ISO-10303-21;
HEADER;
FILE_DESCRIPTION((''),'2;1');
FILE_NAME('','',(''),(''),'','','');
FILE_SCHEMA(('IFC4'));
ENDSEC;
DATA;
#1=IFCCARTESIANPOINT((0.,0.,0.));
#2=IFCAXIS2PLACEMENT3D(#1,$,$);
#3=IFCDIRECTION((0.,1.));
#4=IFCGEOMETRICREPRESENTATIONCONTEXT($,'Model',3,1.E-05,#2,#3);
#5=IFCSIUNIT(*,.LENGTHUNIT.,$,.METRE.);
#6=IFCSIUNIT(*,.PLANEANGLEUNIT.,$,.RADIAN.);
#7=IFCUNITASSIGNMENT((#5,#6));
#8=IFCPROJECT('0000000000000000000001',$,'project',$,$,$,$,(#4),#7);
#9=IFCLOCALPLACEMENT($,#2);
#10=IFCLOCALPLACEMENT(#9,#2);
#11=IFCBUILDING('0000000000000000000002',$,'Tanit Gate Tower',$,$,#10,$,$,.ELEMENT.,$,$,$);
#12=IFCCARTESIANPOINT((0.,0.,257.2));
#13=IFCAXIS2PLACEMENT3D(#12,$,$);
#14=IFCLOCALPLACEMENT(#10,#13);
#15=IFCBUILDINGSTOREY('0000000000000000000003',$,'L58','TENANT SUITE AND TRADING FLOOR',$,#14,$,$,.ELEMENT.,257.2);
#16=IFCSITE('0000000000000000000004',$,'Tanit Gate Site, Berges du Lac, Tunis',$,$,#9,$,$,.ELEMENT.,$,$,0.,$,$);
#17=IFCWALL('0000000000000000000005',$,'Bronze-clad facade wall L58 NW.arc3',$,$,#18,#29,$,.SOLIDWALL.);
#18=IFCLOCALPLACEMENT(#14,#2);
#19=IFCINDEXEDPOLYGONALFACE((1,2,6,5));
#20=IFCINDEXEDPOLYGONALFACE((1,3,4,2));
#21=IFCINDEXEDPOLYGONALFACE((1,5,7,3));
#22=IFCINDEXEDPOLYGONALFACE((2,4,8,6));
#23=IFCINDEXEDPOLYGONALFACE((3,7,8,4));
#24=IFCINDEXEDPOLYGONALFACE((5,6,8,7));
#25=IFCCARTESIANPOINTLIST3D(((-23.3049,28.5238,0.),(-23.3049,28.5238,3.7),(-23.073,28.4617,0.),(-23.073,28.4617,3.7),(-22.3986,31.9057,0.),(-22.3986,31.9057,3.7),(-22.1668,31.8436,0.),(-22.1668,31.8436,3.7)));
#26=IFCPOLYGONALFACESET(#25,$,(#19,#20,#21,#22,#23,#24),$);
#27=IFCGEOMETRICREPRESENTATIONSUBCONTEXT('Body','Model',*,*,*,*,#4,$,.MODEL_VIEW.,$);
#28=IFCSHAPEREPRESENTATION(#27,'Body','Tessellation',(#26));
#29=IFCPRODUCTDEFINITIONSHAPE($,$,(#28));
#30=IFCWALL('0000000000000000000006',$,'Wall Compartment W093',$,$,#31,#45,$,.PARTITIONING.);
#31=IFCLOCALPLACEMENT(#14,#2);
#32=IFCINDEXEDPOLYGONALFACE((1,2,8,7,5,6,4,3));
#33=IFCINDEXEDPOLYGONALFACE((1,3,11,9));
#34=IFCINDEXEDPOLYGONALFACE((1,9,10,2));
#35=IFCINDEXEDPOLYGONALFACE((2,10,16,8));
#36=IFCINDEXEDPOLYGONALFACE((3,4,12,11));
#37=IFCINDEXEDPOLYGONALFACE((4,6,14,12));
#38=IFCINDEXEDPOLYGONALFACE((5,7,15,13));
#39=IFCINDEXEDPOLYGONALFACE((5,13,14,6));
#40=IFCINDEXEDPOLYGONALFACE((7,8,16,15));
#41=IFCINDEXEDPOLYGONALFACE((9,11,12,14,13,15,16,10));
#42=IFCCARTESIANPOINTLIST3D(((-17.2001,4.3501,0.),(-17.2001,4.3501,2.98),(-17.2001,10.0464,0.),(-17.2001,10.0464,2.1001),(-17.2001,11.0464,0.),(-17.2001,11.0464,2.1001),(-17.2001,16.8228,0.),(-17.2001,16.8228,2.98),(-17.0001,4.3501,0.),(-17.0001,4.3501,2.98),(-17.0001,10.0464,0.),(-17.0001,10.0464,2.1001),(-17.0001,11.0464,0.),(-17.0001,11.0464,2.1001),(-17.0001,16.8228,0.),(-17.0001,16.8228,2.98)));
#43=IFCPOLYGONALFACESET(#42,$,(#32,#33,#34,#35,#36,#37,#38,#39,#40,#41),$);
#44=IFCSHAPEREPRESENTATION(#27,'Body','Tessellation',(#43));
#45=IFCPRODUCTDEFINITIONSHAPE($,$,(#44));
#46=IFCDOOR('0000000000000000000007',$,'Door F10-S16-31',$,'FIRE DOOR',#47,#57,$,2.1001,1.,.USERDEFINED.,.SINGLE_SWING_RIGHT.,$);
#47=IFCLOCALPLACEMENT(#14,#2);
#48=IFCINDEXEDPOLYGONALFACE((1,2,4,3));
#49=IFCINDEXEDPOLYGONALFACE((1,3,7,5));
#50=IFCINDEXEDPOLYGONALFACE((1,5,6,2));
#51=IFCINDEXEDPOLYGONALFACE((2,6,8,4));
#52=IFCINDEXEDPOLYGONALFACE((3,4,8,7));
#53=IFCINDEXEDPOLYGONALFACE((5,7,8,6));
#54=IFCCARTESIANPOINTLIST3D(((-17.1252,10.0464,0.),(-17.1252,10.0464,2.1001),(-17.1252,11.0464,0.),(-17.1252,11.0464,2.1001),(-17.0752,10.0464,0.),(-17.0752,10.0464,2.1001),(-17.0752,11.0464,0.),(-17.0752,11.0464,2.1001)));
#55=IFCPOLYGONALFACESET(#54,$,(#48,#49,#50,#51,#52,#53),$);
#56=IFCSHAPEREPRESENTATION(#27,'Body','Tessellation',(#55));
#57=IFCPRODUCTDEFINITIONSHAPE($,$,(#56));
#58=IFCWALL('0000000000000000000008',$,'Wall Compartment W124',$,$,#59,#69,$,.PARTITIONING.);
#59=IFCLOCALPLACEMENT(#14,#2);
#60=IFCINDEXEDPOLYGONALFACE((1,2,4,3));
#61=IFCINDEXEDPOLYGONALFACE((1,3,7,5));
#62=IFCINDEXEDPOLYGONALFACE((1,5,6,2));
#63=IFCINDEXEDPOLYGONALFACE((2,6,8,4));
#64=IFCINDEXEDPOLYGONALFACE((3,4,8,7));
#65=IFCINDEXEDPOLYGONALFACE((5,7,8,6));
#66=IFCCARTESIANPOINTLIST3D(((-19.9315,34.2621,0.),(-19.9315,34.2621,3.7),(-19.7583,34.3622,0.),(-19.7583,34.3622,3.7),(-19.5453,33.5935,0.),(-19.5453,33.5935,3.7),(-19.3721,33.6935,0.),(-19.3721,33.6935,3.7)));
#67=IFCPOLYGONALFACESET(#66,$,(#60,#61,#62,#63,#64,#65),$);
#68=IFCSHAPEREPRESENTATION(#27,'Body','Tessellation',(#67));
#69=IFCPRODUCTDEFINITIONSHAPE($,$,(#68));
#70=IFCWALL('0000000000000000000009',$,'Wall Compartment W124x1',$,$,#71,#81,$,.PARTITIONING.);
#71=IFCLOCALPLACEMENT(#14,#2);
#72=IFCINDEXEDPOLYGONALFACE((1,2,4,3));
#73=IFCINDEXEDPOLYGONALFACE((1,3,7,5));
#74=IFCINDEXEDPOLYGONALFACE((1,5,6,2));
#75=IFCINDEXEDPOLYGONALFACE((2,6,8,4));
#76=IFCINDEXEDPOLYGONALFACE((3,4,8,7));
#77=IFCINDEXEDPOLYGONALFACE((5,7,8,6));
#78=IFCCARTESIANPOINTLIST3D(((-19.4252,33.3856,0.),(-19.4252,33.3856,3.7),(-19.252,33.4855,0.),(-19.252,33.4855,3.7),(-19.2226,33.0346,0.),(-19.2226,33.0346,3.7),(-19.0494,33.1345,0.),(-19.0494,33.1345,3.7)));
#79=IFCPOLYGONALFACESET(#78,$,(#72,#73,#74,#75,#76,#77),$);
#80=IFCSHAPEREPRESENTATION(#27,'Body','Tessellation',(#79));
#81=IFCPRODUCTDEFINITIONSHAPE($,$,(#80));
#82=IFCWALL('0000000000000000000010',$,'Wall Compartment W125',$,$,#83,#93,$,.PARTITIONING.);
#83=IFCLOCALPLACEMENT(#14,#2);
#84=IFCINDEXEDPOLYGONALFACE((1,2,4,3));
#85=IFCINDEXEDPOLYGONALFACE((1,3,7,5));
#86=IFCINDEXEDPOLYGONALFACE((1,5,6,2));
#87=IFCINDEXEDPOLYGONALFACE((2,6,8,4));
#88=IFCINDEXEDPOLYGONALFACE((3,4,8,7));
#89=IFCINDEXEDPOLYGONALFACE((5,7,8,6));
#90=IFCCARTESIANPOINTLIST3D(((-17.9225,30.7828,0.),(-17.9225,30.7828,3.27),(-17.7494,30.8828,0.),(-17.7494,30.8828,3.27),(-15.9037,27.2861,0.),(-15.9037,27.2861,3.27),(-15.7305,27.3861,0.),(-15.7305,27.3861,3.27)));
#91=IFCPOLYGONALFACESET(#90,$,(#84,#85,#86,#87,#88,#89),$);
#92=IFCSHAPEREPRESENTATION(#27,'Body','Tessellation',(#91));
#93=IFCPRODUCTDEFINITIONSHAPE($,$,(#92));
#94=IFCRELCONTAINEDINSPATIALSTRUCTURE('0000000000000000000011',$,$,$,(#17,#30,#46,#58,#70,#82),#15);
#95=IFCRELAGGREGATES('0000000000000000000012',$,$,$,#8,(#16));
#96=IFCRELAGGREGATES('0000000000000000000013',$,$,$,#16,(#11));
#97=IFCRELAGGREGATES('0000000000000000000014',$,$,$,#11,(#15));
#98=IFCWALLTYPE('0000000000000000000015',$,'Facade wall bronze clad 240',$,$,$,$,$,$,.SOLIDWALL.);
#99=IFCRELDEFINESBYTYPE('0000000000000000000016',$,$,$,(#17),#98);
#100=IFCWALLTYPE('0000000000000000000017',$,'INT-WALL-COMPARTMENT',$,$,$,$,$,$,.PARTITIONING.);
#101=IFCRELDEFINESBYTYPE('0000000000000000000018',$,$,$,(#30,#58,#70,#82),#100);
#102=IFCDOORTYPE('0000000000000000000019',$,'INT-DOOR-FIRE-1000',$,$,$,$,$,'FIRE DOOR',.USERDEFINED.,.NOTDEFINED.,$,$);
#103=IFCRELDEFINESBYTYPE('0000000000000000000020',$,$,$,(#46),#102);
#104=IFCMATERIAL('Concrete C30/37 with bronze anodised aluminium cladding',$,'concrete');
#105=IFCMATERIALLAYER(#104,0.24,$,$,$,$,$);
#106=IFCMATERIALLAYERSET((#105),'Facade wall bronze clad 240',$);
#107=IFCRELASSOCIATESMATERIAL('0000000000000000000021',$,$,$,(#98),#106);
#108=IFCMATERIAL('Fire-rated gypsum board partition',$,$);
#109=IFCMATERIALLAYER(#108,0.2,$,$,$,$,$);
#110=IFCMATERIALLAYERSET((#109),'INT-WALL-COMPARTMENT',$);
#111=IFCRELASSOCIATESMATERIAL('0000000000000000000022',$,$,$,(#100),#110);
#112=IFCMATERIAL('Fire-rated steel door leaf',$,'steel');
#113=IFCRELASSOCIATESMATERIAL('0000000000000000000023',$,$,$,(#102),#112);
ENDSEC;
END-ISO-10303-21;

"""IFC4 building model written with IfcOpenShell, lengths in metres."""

from ifc_helpers import new_model, si_unit, direction, frame, frame_2d, origin, place, context, subcontext, project, spatial, rectangle, extrude, material, layer, layer_set, type_object, element, fill, save


model = new_model("IFC4")

# Units and contexts
model_context = context("Model", 3, precision=1e-05, world=origin(), true_north=direction((0.0, 1.0)))
body_context = subcontext(model_context, "Body", "Model", "MODEL_VIEW")
ifc_project = project(units=[si_unit("LENGTHUNIT", "METRE"), si_unit("PLANEANGLEUNIT", "RADIAN")], contexts=[model_context])

# Site, building, storey
site_placement = place(None, origin())
site = spatial("IfcSite", under=ifc_project, at=site_placement, Name="Tanit Gate Site, Berges du Lac, Tunis", CompositionType="ELEMENT", RefElevation=0.0)
building_placement = place(site_placement, origin())
building = spatial("IfcBuilding", under=site, at=building_placement, Name="Tanit Gate Tower", CompositionType="ELEMENT")
storey_placement = place(building_placement, frame((0.0, 0.0, 257.2)))
storey = spatial("IfcBuildingStorey", under=building, at=storey_placement, Name="L58", Description="TENANT SUITE AND TRADING FLOOR", CompositionType="ELEMENT", Elevation=257.2)

# Wall
ifc_material_1 = material(Name="Concrete C30/37 with bronze anodised aluminium cladding", Category="concrete")
ifc_layer_1 = layer(ifc_material_1, 0.24)
ifc_layer_set_1 = layer_set([ifc_layer_1], Name="Facade wall bronze clad 240")
wall_type_1 = type_object("IfcWallType", Name="Facade wall bronze clad 240", PredefinedType="SOLIDWALL", material=ifc_layer_set_1)
wall_1_placement = place(storey_placement, frame((-22.2827, 31.8745, 0.0), z_axis=(0.0, 0.0, 1.0), x_axis=(-0.258843, -0.965919, 0.0)))
element("IfcWall", 1, at=wall_1_placement, inside=storey, type_object=wall_type_1, Name="Bronze-clad facade wall L58 NW.arc3", PredefinedType="SOLIDWALL", context=body_context, shape_type="SweptSolid", body=[
    extrude(rectangle(XDim=3.5012, YDim=0.24, at=frame_2d((1.7505, 0.0))), origin(), (0.0, 0.0, 1.0), 3.7),
])

# Wall, opening, door
ifc_material_2 = material(Name="Fire-rated gypsum board partition")
ifc_layer_2 = layer(ifc_material_2, 0.2)
ifc_layer_set_2 = layer_set([ifc_layer_2], Name="INT-WALL-COMPARTMENT")
wall_type_2 = type_object("IfcWallType", Name="INT-WALL-COMPARTMENT", PredefinedType="PARTITIONING", material=ifc_layer_set_2)
wall_2_placement = place(storey_placement, frame((-17.1001, 16.8228, 0.0), z_axis=(0.0, 0.0, 1.0), x_axis=(0.0, -1.0, 0.0)))
wall_2 = element("IfcWall", 2, at=wall_2_placement, inside=storey, type_object=wall_type_2, Name="Wall Compartment W093", PredefinedType="PARTITIONING", context=body_context, shape_type="SweptSolid", body=[
    extrude(rectangle(XDim=12.4727, YDim=0.2, at=frame_2d((6.2363, 0.0))), origin(), (0.0, 0.0, 1.0), 2.98),
])
opening_placement = place(wall_2_placement, frame((5.7764, 0.0, 0.0)))
opening = element("IfcOpeningElement", 3, at=opening_placement, cuts=wall_2, PredefinedType="OPENING", context=body_context, shape_type="SweptSolid", body=[
    extrude(rectangle(XDim=1.0, YDim=2.1001, at=frame_2d((0.5, 1.05))), frame((0.0, 0.1099, 0.0), z_axis=(0.0, -1.0, 0.0), x_axis=(1.0, 0.0, 0.0)), (0.0, 0.0, 1.0), 0.22),
])
ifc_material_3 = material(Name="Fire-rated steel door leaf", Category="steel")
door_type = type_object("IfcDoorType", Name="INT-DOOR-FIRE-1000", ElementType="FIRE DOOR", OperationType="NOTDEFINED", PredefinedType="USERDEFINED", material=ifc_material_3)
door_placement = place(opening_placement, origin())
door = element("IfcDoor", 4, at=door_placement, inside=storey, type_object=door_type, Name="Door F10-S16-31", ObjectType="FIRE DOOR", OperationType="SINGLE_SWING_RIGHT", OverallHeight=2.1001, OverallWidth=1.0, PredefinedType="USERDEFINED", context=body_context, shape_type="SweptSolid", body=[
    extrude(rectangle(XDim=1.0, YDim=2.1001, at=frame_2d((0.5, 1.05))), frame((0.0, 0.0249, 0.0), z_axis=(0.0, -1.0, 0.0), x_axis=(1.0, 0.0, 0.0)), (0.0, 0.0, 1.0), 0.05),
])
fill(opening, door)

# Walls
wall_3_placement = place(storey_placement, frame((-19.845, 34.3123, 0.0), z_axis=(0.0, 0.0, 1.0), x_axis=(0.500151, -0.865938, 0.0)))
element("IfcWall", 5, at=wall_3_placement, inside=storey, type_object=wall_type_2, Name="Wall Compartment W124", PredefinedType="PARTITIONING", context=body_context, shape_type="SweptSolid", body=[
    extrude(rectangle(XDim=0.7722, YDim=0.2, at=frame_2d((0.3862, 0.0))), origin(), (0.0, 0.0, 1.0), 3.7),
])
wall_4_placement = place(storey_placement, frame((-19.3386, 33.4355, 0.0), z_axis=(0.0, 0.0, 1.0), x_axis=(0.499896, -0.866085, 0.0)))
element("IfcWall", 6, at=wall_4_placement, inside=storey, type_object=wall_type_2, Name="Wall Compartment W124x1", PredefinedType="PARTITIONING", context=body_context, shape_type="SweptSolid", body=[
    extrude(rectangle(XDim=0.4053, YDim=0.2, at=frame_2d((0.2026, 0.0))), origin(), (0.0, 0.0, 1.0), 3.7),
])
wall_5_placement = place(storey_placement, frame((-17.8359, 30.8328, 0.0), z_axis=(0.0, 0.0, 1.0), x_axis=(0.500009, -0.86602, 0.0)))
element("IfcWall", 7, at=wall_5_placement, inside=storey, type_object=wall_type_2, Name="Wall Compartment W125", PredefinedType="PARTITIONING", context=body_context, shape_type="SweptSolid", body=[
    extrude(rectangle(XDim=4.0376, YDim=0.2, at=frame_2d((2.0188, 0.0))), origin(), (0.0, 0.0, 1.0), 3.27),
])

save(model, "model.ifc")
